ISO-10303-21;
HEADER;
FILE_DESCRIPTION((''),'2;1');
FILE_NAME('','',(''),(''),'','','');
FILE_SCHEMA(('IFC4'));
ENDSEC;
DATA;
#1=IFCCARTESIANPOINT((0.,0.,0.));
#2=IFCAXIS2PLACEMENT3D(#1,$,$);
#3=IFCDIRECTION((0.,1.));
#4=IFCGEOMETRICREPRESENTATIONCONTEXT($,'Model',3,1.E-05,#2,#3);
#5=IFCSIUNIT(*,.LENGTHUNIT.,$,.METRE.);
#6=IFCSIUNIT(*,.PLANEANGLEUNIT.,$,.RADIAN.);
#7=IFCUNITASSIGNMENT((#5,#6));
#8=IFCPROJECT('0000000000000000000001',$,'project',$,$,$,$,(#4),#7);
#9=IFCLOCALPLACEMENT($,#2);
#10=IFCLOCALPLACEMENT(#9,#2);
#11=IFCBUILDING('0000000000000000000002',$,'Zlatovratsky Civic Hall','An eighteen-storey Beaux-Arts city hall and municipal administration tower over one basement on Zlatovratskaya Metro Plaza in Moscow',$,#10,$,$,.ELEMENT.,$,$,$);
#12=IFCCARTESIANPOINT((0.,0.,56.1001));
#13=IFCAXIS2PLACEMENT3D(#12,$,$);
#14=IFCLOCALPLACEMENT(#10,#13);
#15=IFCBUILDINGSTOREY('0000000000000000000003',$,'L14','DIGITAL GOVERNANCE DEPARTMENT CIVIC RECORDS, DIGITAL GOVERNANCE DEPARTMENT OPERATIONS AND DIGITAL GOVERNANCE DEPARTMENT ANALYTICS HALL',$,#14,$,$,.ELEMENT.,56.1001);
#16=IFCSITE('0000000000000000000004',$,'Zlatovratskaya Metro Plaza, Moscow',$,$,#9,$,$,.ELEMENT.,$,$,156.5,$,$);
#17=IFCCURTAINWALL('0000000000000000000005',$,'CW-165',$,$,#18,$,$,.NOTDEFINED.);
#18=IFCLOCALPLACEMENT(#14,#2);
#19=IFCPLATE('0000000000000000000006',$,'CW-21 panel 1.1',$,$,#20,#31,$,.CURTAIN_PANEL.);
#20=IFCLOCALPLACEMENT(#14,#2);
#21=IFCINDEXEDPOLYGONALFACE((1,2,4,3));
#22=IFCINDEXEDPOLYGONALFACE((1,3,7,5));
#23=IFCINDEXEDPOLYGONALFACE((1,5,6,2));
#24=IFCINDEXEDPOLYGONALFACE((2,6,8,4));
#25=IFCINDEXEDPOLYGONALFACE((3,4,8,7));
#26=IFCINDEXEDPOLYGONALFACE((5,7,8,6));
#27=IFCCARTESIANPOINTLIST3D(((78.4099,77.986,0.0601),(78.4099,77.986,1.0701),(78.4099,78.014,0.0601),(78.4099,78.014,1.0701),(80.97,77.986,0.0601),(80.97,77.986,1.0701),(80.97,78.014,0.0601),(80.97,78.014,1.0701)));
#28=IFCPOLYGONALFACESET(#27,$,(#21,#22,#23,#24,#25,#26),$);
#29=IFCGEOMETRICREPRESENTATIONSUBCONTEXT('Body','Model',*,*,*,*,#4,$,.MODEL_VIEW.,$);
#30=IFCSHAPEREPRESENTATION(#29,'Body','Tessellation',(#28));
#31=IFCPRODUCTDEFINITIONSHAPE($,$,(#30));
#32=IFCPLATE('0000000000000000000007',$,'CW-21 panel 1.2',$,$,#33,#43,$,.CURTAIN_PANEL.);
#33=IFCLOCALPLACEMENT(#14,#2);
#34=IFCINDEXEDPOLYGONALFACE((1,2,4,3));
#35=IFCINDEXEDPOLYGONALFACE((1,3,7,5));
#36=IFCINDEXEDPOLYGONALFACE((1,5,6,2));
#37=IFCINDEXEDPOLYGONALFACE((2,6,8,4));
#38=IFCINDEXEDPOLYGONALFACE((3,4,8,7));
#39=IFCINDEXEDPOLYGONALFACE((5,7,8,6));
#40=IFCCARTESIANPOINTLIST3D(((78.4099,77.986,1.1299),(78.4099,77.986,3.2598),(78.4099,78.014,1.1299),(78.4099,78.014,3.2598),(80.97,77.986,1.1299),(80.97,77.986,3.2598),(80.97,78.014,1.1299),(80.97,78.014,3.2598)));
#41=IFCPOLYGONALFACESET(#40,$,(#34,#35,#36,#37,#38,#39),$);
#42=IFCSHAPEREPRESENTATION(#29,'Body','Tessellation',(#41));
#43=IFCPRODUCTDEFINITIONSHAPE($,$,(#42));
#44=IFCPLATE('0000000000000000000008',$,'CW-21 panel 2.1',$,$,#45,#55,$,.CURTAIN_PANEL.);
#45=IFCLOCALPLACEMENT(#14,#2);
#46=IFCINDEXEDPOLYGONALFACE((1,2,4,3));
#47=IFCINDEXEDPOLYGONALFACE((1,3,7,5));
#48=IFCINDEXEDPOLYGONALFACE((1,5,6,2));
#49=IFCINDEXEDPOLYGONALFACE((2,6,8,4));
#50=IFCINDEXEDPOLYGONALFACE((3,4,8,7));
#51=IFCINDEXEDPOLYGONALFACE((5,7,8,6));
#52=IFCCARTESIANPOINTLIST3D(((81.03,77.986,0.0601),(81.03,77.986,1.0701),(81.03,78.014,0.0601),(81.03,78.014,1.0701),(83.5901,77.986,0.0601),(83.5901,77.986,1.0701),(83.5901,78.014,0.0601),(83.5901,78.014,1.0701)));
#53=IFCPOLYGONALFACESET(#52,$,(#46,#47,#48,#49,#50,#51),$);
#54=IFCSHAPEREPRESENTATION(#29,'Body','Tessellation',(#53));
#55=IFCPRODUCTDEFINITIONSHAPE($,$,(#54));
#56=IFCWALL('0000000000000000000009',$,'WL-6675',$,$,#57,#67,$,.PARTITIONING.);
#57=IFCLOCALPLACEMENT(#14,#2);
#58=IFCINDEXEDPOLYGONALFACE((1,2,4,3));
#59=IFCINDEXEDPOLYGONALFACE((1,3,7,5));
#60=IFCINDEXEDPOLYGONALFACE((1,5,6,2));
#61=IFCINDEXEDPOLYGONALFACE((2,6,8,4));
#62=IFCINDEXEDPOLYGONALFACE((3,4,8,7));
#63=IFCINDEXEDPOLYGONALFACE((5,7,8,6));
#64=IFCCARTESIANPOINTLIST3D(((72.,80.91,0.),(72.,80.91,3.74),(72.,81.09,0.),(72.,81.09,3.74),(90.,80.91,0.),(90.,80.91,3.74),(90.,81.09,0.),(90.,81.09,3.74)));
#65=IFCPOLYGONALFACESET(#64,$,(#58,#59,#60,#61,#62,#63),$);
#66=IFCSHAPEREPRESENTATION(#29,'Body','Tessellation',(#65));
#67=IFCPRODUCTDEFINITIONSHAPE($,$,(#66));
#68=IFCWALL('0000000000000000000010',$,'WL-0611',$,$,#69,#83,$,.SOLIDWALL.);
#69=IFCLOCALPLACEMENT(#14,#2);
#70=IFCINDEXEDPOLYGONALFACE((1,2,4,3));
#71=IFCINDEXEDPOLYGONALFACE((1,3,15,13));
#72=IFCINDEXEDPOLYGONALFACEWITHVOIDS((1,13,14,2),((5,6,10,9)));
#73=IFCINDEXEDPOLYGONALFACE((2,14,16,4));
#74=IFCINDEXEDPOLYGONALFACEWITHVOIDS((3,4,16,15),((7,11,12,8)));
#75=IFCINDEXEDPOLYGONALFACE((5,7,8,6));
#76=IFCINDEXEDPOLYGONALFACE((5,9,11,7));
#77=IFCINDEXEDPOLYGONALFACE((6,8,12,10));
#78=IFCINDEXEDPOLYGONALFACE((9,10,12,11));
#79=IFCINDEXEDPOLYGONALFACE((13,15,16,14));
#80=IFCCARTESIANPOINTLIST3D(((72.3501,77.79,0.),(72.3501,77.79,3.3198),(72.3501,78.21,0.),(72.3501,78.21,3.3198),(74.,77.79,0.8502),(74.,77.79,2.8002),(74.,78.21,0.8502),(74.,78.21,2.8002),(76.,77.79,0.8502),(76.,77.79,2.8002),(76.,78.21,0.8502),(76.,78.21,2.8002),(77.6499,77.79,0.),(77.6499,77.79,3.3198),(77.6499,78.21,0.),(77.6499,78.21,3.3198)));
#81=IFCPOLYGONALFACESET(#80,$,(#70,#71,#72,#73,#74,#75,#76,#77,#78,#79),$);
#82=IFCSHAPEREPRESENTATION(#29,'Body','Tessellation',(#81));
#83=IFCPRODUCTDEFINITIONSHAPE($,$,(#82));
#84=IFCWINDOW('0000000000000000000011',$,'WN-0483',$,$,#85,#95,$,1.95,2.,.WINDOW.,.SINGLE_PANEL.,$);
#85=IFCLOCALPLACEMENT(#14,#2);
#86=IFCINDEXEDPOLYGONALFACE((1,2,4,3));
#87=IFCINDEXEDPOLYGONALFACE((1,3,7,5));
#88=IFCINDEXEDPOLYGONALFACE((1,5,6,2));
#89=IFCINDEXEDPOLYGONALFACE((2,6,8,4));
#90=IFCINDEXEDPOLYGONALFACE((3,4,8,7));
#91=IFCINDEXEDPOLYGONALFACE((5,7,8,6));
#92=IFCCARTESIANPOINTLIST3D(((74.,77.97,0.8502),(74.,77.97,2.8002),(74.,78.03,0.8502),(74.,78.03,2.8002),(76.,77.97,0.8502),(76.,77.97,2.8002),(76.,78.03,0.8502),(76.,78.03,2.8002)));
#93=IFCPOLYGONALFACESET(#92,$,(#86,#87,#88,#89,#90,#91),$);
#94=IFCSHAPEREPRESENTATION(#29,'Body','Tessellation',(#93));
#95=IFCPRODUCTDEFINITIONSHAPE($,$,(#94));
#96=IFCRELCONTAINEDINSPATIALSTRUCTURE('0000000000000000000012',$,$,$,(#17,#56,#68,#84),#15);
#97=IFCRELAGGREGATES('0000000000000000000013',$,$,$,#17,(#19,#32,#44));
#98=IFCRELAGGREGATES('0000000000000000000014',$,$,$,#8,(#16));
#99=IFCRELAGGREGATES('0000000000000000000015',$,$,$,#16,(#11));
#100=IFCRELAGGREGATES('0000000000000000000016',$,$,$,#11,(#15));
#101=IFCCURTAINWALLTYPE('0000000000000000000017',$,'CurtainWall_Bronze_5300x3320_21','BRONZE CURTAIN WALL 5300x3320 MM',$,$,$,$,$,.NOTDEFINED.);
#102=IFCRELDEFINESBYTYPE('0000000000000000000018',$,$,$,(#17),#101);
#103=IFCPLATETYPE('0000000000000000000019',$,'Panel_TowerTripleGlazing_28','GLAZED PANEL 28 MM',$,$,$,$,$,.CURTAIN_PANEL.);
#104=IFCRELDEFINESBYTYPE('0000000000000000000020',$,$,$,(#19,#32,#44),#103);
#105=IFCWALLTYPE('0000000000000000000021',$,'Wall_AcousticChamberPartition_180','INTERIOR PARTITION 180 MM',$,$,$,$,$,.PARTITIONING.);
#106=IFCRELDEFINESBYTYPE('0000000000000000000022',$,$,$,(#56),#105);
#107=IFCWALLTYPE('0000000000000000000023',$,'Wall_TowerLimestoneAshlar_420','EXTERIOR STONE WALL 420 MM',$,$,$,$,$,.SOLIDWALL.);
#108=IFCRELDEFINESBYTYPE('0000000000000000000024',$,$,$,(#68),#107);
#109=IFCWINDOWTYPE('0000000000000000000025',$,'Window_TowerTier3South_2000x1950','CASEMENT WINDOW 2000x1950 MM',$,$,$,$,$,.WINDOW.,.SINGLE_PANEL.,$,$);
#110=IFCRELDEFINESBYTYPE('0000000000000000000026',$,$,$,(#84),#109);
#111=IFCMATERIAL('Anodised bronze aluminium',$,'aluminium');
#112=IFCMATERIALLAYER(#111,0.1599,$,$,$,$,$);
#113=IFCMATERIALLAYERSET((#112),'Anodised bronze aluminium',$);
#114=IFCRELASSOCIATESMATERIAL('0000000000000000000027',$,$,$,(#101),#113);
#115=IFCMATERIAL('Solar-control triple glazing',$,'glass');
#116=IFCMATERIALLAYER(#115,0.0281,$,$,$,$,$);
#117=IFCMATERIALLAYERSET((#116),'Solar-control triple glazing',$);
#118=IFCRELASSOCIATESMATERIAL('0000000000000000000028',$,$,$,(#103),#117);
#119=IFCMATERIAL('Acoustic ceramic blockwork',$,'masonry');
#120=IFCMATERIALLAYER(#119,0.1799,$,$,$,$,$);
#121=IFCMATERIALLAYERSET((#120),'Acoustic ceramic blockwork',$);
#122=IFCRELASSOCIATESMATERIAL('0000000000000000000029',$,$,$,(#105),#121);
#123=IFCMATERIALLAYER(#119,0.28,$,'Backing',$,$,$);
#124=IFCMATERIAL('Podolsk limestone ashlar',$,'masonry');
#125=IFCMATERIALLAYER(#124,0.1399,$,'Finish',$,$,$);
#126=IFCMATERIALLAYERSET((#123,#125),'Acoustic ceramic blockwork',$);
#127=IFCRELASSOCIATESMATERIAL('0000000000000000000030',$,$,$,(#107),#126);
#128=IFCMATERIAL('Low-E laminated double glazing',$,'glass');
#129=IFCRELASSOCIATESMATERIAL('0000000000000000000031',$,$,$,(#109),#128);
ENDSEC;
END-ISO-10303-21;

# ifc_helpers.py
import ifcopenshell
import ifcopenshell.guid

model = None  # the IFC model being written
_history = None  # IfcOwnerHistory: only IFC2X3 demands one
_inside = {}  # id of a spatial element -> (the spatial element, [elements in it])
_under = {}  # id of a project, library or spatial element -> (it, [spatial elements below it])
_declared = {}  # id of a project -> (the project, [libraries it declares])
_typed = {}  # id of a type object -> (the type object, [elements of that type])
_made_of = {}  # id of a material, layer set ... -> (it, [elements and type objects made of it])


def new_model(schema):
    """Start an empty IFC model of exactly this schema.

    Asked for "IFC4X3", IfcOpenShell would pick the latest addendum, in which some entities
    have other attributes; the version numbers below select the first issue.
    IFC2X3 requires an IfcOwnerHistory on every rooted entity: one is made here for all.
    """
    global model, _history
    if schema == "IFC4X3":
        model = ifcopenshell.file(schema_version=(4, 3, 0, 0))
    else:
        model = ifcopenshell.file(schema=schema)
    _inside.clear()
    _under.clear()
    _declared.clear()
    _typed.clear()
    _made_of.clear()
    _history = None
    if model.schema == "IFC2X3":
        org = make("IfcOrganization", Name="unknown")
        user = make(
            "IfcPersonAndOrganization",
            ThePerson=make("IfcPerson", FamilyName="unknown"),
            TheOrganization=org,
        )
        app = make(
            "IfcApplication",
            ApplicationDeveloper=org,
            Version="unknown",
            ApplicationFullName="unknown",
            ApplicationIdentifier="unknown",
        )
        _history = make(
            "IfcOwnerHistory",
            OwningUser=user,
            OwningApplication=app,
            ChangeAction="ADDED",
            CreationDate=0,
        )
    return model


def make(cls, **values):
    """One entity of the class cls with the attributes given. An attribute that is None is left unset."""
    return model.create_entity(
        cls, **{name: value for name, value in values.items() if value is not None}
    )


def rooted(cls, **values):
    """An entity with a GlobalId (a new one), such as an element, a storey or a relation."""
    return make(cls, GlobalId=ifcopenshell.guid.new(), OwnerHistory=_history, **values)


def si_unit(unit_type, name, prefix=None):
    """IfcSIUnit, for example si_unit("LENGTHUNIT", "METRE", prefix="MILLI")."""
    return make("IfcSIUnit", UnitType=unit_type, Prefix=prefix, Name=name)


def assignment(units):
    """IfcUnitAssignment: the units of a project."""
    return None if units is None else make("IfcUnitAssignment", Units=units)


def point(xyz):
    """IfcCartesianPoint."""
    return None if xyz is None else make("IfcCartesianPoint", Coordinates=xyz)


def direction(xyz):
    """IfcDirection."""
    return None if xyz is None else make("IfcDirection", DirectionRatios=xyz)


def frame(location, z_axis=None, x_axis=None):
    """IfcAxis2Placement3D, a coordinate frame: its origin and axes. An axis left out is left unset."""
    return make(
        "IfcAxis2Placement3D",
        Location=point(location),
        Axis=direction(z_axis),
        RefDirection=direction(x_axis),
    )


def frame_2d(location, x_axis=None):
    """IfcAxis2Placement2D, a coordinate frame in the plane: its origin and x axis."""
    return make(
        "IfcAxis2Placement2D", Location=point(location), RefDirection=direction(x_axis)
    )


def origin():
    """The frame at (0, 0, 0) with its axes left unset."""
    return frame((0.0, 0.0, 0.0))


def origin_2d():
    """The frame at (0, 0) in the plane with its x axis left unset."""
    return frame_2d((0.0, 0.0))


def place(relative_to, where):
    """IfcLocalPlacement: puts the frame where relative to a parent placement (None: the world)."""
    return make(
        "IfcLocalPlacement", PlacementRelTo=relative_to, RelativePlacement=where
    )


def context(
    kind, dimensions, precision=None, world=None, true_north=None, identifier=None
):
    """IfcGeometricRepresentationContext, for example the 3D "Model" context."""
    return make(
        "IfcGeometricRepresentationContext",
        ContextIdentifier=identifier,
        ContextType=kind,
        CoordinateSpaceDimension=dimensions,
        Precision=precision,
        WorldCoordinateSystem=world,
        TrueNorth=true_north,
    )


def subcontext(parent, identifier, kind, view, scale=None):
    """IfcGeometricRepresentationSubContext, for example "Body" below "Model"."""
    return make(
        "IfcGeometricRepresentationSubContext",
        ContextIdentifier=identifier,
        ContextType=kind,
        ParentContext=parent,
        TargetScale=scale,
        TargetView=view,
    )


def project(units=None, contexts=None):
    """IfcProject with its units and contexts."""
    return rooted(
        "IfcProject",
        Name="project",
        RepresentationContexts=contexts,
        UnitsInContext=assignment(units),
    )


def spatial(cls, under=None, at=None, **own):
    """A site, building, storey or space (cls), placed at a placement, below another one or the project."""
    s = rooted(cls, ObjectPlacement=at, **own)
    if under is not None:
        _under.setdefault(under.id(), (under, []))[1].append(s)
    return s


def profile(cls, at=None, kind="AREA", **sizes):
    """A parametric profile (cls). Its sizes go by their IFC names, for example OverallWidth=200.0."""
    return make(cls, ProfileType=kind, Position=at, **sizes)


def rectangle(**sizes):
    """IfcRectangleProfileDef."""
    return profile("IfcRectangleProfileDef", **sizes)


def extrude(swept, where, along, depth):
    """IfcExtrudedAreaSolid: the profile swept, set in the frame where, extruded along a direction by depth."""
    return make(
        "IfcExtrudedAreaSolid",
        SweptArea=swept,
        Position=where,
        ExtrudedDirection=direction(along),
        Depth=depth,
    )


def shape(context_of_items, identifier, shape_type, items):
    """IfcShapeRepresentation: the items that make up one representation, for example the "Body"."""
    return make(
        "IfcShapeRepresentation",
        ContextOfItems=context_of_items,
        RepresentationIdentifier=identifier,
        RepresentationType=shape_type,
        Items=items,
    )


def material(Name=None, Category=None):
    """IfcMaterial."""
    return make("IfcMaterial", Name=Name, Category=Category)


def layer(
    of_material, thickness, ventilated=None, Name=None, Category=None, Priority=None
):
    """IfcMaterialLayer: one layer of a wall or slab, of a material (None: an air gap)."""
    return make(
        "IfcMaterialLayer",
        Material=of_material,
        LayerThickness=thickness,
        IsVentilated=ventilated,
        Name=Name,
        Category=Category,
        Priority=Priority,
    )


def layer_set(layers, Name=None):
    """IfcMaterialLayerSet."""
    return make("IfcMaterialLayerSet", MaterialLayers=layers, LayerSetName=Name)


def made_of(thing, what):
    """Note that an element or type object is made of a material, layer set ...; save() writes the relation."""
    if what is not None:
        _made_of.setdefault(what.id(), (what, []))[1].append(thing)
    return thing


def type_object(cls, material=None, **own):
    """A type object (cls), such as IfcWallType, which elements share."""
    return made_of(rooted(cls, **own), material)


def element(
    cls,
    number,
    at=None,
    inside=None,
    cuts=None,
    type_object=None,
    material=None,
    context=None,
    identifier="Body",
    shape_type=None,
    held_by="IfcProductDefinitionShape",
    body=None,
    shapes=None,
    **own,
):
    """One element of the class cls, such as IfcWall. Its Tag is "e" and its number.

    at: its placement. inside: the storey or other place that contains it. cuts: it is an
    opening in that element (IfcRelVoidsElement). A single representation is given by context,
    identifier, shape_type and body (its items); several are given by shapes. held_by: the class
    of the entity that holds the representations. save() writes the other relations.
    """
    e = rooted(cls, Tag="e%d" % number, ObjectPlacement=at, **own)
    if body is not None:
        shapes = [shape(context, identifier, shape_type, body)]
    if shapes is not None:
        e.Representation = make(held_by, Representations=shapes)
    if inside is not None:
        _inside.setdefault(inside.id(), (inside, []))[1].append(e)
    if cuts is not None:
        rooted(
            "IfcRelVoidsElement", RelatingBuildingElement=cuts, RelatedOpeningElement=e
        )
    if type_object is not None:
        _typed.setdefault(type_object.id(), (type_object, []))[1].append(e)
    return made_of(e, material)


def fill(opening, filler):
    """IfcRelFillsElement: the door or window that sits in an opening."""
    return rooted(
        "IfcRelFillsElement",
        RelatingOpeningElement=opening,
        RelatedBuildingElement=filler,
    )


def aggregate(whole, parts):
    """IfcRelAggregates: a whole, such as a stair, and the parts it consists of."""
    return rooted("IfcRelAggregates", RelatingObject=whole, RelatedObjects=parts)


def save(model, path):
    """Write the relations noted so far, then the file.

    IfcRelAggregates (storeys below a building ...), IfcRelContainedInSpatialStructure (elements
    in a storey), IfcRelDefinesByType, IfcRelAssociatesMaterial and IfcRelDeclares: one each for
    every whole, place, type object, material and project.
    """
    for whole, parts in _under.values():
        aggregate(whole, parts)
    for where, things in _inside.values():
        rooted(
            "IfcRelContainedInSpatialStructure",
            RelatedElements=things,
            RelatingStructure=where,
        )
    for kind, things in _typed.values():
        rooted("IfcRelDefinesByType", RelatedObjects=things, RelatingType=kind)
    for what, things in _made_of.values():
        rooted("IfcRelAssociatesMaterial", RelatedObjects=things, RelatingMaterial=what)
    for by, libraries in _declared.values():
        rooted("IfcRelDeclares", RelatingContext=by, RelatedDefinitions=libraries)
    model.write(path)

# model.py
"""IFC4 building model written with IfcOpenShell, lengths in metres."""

from ifc_helpers import new_model, si_unit, direction, frame, frame_2d, origin, origin_2d, place, context, subcontext, project, spatial, rectangle, extrude, material, layer, layer_set, type_object, element, fill, aggregate, save


model = new_model("IFC4")

# Units and contexts
model_context = context("Model", 3, precision=1e-05, world=origin(), true_north=direction((0.0, 1.0)))
body_context = subcontext(model_context, "Body", "Model", "MODEL_VIEW")
ifc_project = project(units=[si_unit("LENGTHUNIT", "METRE"), si_unit("PLANEANGLEUNIT", "RADIAN")], contexts=[model_context])

# Site, building, storey
site_placement = place(None, origin())
site = spatial("IfcSite", under=ifc_project, at=site_placement, Name="Zlatovratskaya Metro Plaza, Moscow", CompositionType="ELEMENT", RefElevation=156.5)
building_placement = place(site_placement, origin())
building = spatial("IfcBuilding", under=site, at=building_placement, Name="Zlatovratsky Civic Hall", Description="An eighteen-storey Beaux-Arts city hall and municipal administration tower over one basement on Zlatovratskaya Metro Plaza in Moscow", CompositionType="ELEMENT")
storey_placement = place(building_placement, frame((0.0, 0.0, 56.1001)))
storey = spatial("IfcBuildingStorey", under=building, at=storey_placement, Name="L14", Description="DIGITAL GOVERNANCE DEPARTMENT CIVIC RECORDS, DIGITAL GOVERNANCE DEPARTMENT OPERATIONS AND DIGITAL GOVERNANCE DEPARTMENT ANALYTICS HALL", CompositionType="ELEMENT", Elevation=56.1001)

# Curtain wall, plates
ifc_material_1 = material(Name="Anodised bronze aluminium", Category="aluminium")
ifc_layer_1 = layer(ifc_material_1, 0.1599)
ifc_layer_set_1 = layer_set([ifc_layer_1], Name="Anodised bronze aluminium")
curtain_wall_type = type_object("IfcCurtainWallType", Name="CurtainWall_Bronze_5300x3320_21", Description="BRONZE CURTAIN WALL 5300x3320 MM", PredefinedType="NOTDEFINED", material=ifc_layer_set_1)
curtain_wall_placement = place(storey_placement, origin())
curtain_wall = element("IfcCurtainWall", 1, at=curtain_wall_placement, inside=storey, type_object=curtain_wall_type, Name="CW-165", PredefinedType="NOTDEFINED")
ifc_material_2 = material(Name="Solar-control triple glazing", Category="glass")
ifc_layer_2 = layer(ifc_material_2, 0.0281)
ifc_layer_set_2 = layer_set([ifc_layer_2], Name="Solar-control triple glazing")
plate_type = type_object("IfcPlateType", Name="Panel_TowerTripleGlazing_28", Description="GLAZED PANEL 28 MM", PredefinedType="CURTAIN_PANEL", material=ifc_layer_set_2)
plate_1_placement = place(storey_placement, frame((79.6899, 78.0, 0.0601), z_axis=(0.0, 0.0, 1.0), x_axis=(1.0, 0.0, 0.0)))
plate_1 = element("IfcPlate", 2, at=plate_1_placement, type_object=plate_type, Name="CW-21 panel 1.1", PredefinedType="CURTAIN_PANEL", context=body_context, shape_type="SweptSolid", body=[
    extrude(rectangle(XDim=2.5601, YDim=0.0281, at=origin_2d()), origin(), (0.0, 0.0, 1.0), 1.01),
])
plate_2_placement = place(storey_placement, frame((79.6899, 78.0, 1.1299), z_axis=(0.0, 0.0, 1.0), x_axis=(1.0, 0.0, 0.0)))
plate_2 = element("IfcPlate", 3, at=plate_2_placement, type_object=plate_type, Name="CW-21 panel 1.2", PredefinedType="CURTAIN_PANEL", context=body_context, shape_type="SweptSolid", body=[
    extrude(rectangle(XDim=2.5601, YDim=0.0281, at=origin_2d()), origin(), (0.0, 0.0, 1.0), 2.1299),
])
plate_3_placement = place(storey_placement, frame((82.3101, 78.0, 0.0601), z_axis=(0.0, 0.0, 1.0), x_axis=(1.0, 0.0, 0.0)))
plate_3 = element("IfcPlate", 4, at=plate_3_placement, type_object=plate_type, Name="CW-21 panel 2.1", PredefinedType="CURTAIN_PANEL", context=body_context, shape_type="SweptSolid", body=[
    extrude(rectangle(XDim=2.5601, YDim=0.0281, at=origin_2d()), origin(), (0.0, 0.0, 1.0), 1.01),
])
aggregate(curtain_wall, [plate_1, plate_2, plate_3])

# Wall
ifc_material_3 = material(Name="Acoustic ceramic blockwork", Category="masonry")
ifc_layer_3 = layer(ifc_material_3, 0.1799)
ifc_layer_set_3 = layer_set([ifc_layer_3], Name="Acoustic ceramic blockwork")
wall_type_1 = type_object("IfcWallType", Name="Wall_AcousticChamberPartition_180", Description="INTERIOR PARTITION 180 MM", PredefinedType="PARTITIONING", material=ifc_layer_set_3)
wall_1_placement = place(storey_placement, frame((72.0, 81.0, 0.0), z_axis=(0.0, 0.0, 1.0), x_axis=(1.0, 0.0, 0.0)))
element("IfcWall", 5, at=wall_1_placement, inside=storey, type_object=wall_type_1, Name="WL-6675", PredefinedType="PARTITIONING", context=body_context, shape_type="SweptSolid", body=[
    extrude(rectangle(XDim=18.0, YDim=0.1799, at=frame_2d((9.0, 0.0))), origin(), (0.0, 0.0, 1.0), 3.74),
])

# Wall, opening, window
ifc_layer_4 = layer(ifc_material_3, 0.28, Name="Backing")
ifc_material_4 = material(Name="Podolsk limestone ashlar", Category="masonry")
ifc_layer_5 = layer(ifc_material_4, 0.1399, Name="Finish")
ifc_layer_set_4 = layer_set([ifc_layer_4, ifc_layer_5], Name="Acoustic ceramic blockwork")
wall_type_2 = type_object("IfcWallType", Name="Wall_TowerLimestoneAshlar_420", Description="EXTERIOR STONE WALL 420 MM", PredefinedType="SOLIDWALL", material=ifc_layer_set_4)
wall_2_placement = place(storey_placement, frame((72.3501, 78.0, 0.0), z_axis=(0.0, 0.0, 1.0), x_axis=(1.0, 0.0, 0.0)))
wall_2 = element("IfcWall", 6, at=wall_2_placement, inside=storey, type_object=wall_type_2, Name="WL-0611", PredefinedType="SOLIDWALL", context=body_context, shape_type="SweptSolid", body=[
    extrude(rectangle(XDim=5.2998, YDim=0.4199, at=frame_2d((2.6499, 0.0))), origin(), (0.0, 0.0, 1.0), 3.3198),
])
opening_placement = place(wall_2_placement, frame((1.6499, 0.0, 0.8501)))
opening = element("IfcOpeningElement", 7, at=opening_placement, cuts=wall_2, PredefinedType="OPENING", context=body_context, shape_type="SweptSolid", body=[
    extrude(rectangle(XDim=2.0, YDim=1.95, at=frame_2d((1.0, 0.9751))), frame((0.0, 0.2249, 0.0), z_axis=(0.0, -1.0, 0.0), x_axis=(1.0, 0.0, 0.0)), (0.0, 0.0, 1.0), 0.4497),
])
ifc_material_5 = material(Name="Low-E laminated double glazing", Category="glass")
window_type = type_object("IfcWindowType", Name="Window_TowerTier3South_2000x1950", Description="CASEMENT WINDOW 2000x1950 MM", PartitioningType="SINGLE_PANEL", PredefinedType="WINDOW", material=ifc_material_5)
window_placement = place(opening_placement, origin())
window = element("IfcWindow", 8, at=window_placement, inside=storey, type_object=window_type, Name="WN-0483", OverallHeight=1.95, OverallWidth=2.0, PartitioningType="SINGLE_PANEL", PredefinedType="WINDOW", context=body_context, shape_type="SweptSolid", body=[
    extrude(rectangle(XDim=2.0, YDim=1.95, at=frame_2d((1.0, 0.9751))), frame((0.0, 0.03, 0.0), z_axis=(0.0, -1.0, 0.0), x_axis=(1.0, 0.0, 0.0)), (0.0, 0.0, 1.0), 0.0601),
])
fill(opening, window)

save(model, "model.ifc")
